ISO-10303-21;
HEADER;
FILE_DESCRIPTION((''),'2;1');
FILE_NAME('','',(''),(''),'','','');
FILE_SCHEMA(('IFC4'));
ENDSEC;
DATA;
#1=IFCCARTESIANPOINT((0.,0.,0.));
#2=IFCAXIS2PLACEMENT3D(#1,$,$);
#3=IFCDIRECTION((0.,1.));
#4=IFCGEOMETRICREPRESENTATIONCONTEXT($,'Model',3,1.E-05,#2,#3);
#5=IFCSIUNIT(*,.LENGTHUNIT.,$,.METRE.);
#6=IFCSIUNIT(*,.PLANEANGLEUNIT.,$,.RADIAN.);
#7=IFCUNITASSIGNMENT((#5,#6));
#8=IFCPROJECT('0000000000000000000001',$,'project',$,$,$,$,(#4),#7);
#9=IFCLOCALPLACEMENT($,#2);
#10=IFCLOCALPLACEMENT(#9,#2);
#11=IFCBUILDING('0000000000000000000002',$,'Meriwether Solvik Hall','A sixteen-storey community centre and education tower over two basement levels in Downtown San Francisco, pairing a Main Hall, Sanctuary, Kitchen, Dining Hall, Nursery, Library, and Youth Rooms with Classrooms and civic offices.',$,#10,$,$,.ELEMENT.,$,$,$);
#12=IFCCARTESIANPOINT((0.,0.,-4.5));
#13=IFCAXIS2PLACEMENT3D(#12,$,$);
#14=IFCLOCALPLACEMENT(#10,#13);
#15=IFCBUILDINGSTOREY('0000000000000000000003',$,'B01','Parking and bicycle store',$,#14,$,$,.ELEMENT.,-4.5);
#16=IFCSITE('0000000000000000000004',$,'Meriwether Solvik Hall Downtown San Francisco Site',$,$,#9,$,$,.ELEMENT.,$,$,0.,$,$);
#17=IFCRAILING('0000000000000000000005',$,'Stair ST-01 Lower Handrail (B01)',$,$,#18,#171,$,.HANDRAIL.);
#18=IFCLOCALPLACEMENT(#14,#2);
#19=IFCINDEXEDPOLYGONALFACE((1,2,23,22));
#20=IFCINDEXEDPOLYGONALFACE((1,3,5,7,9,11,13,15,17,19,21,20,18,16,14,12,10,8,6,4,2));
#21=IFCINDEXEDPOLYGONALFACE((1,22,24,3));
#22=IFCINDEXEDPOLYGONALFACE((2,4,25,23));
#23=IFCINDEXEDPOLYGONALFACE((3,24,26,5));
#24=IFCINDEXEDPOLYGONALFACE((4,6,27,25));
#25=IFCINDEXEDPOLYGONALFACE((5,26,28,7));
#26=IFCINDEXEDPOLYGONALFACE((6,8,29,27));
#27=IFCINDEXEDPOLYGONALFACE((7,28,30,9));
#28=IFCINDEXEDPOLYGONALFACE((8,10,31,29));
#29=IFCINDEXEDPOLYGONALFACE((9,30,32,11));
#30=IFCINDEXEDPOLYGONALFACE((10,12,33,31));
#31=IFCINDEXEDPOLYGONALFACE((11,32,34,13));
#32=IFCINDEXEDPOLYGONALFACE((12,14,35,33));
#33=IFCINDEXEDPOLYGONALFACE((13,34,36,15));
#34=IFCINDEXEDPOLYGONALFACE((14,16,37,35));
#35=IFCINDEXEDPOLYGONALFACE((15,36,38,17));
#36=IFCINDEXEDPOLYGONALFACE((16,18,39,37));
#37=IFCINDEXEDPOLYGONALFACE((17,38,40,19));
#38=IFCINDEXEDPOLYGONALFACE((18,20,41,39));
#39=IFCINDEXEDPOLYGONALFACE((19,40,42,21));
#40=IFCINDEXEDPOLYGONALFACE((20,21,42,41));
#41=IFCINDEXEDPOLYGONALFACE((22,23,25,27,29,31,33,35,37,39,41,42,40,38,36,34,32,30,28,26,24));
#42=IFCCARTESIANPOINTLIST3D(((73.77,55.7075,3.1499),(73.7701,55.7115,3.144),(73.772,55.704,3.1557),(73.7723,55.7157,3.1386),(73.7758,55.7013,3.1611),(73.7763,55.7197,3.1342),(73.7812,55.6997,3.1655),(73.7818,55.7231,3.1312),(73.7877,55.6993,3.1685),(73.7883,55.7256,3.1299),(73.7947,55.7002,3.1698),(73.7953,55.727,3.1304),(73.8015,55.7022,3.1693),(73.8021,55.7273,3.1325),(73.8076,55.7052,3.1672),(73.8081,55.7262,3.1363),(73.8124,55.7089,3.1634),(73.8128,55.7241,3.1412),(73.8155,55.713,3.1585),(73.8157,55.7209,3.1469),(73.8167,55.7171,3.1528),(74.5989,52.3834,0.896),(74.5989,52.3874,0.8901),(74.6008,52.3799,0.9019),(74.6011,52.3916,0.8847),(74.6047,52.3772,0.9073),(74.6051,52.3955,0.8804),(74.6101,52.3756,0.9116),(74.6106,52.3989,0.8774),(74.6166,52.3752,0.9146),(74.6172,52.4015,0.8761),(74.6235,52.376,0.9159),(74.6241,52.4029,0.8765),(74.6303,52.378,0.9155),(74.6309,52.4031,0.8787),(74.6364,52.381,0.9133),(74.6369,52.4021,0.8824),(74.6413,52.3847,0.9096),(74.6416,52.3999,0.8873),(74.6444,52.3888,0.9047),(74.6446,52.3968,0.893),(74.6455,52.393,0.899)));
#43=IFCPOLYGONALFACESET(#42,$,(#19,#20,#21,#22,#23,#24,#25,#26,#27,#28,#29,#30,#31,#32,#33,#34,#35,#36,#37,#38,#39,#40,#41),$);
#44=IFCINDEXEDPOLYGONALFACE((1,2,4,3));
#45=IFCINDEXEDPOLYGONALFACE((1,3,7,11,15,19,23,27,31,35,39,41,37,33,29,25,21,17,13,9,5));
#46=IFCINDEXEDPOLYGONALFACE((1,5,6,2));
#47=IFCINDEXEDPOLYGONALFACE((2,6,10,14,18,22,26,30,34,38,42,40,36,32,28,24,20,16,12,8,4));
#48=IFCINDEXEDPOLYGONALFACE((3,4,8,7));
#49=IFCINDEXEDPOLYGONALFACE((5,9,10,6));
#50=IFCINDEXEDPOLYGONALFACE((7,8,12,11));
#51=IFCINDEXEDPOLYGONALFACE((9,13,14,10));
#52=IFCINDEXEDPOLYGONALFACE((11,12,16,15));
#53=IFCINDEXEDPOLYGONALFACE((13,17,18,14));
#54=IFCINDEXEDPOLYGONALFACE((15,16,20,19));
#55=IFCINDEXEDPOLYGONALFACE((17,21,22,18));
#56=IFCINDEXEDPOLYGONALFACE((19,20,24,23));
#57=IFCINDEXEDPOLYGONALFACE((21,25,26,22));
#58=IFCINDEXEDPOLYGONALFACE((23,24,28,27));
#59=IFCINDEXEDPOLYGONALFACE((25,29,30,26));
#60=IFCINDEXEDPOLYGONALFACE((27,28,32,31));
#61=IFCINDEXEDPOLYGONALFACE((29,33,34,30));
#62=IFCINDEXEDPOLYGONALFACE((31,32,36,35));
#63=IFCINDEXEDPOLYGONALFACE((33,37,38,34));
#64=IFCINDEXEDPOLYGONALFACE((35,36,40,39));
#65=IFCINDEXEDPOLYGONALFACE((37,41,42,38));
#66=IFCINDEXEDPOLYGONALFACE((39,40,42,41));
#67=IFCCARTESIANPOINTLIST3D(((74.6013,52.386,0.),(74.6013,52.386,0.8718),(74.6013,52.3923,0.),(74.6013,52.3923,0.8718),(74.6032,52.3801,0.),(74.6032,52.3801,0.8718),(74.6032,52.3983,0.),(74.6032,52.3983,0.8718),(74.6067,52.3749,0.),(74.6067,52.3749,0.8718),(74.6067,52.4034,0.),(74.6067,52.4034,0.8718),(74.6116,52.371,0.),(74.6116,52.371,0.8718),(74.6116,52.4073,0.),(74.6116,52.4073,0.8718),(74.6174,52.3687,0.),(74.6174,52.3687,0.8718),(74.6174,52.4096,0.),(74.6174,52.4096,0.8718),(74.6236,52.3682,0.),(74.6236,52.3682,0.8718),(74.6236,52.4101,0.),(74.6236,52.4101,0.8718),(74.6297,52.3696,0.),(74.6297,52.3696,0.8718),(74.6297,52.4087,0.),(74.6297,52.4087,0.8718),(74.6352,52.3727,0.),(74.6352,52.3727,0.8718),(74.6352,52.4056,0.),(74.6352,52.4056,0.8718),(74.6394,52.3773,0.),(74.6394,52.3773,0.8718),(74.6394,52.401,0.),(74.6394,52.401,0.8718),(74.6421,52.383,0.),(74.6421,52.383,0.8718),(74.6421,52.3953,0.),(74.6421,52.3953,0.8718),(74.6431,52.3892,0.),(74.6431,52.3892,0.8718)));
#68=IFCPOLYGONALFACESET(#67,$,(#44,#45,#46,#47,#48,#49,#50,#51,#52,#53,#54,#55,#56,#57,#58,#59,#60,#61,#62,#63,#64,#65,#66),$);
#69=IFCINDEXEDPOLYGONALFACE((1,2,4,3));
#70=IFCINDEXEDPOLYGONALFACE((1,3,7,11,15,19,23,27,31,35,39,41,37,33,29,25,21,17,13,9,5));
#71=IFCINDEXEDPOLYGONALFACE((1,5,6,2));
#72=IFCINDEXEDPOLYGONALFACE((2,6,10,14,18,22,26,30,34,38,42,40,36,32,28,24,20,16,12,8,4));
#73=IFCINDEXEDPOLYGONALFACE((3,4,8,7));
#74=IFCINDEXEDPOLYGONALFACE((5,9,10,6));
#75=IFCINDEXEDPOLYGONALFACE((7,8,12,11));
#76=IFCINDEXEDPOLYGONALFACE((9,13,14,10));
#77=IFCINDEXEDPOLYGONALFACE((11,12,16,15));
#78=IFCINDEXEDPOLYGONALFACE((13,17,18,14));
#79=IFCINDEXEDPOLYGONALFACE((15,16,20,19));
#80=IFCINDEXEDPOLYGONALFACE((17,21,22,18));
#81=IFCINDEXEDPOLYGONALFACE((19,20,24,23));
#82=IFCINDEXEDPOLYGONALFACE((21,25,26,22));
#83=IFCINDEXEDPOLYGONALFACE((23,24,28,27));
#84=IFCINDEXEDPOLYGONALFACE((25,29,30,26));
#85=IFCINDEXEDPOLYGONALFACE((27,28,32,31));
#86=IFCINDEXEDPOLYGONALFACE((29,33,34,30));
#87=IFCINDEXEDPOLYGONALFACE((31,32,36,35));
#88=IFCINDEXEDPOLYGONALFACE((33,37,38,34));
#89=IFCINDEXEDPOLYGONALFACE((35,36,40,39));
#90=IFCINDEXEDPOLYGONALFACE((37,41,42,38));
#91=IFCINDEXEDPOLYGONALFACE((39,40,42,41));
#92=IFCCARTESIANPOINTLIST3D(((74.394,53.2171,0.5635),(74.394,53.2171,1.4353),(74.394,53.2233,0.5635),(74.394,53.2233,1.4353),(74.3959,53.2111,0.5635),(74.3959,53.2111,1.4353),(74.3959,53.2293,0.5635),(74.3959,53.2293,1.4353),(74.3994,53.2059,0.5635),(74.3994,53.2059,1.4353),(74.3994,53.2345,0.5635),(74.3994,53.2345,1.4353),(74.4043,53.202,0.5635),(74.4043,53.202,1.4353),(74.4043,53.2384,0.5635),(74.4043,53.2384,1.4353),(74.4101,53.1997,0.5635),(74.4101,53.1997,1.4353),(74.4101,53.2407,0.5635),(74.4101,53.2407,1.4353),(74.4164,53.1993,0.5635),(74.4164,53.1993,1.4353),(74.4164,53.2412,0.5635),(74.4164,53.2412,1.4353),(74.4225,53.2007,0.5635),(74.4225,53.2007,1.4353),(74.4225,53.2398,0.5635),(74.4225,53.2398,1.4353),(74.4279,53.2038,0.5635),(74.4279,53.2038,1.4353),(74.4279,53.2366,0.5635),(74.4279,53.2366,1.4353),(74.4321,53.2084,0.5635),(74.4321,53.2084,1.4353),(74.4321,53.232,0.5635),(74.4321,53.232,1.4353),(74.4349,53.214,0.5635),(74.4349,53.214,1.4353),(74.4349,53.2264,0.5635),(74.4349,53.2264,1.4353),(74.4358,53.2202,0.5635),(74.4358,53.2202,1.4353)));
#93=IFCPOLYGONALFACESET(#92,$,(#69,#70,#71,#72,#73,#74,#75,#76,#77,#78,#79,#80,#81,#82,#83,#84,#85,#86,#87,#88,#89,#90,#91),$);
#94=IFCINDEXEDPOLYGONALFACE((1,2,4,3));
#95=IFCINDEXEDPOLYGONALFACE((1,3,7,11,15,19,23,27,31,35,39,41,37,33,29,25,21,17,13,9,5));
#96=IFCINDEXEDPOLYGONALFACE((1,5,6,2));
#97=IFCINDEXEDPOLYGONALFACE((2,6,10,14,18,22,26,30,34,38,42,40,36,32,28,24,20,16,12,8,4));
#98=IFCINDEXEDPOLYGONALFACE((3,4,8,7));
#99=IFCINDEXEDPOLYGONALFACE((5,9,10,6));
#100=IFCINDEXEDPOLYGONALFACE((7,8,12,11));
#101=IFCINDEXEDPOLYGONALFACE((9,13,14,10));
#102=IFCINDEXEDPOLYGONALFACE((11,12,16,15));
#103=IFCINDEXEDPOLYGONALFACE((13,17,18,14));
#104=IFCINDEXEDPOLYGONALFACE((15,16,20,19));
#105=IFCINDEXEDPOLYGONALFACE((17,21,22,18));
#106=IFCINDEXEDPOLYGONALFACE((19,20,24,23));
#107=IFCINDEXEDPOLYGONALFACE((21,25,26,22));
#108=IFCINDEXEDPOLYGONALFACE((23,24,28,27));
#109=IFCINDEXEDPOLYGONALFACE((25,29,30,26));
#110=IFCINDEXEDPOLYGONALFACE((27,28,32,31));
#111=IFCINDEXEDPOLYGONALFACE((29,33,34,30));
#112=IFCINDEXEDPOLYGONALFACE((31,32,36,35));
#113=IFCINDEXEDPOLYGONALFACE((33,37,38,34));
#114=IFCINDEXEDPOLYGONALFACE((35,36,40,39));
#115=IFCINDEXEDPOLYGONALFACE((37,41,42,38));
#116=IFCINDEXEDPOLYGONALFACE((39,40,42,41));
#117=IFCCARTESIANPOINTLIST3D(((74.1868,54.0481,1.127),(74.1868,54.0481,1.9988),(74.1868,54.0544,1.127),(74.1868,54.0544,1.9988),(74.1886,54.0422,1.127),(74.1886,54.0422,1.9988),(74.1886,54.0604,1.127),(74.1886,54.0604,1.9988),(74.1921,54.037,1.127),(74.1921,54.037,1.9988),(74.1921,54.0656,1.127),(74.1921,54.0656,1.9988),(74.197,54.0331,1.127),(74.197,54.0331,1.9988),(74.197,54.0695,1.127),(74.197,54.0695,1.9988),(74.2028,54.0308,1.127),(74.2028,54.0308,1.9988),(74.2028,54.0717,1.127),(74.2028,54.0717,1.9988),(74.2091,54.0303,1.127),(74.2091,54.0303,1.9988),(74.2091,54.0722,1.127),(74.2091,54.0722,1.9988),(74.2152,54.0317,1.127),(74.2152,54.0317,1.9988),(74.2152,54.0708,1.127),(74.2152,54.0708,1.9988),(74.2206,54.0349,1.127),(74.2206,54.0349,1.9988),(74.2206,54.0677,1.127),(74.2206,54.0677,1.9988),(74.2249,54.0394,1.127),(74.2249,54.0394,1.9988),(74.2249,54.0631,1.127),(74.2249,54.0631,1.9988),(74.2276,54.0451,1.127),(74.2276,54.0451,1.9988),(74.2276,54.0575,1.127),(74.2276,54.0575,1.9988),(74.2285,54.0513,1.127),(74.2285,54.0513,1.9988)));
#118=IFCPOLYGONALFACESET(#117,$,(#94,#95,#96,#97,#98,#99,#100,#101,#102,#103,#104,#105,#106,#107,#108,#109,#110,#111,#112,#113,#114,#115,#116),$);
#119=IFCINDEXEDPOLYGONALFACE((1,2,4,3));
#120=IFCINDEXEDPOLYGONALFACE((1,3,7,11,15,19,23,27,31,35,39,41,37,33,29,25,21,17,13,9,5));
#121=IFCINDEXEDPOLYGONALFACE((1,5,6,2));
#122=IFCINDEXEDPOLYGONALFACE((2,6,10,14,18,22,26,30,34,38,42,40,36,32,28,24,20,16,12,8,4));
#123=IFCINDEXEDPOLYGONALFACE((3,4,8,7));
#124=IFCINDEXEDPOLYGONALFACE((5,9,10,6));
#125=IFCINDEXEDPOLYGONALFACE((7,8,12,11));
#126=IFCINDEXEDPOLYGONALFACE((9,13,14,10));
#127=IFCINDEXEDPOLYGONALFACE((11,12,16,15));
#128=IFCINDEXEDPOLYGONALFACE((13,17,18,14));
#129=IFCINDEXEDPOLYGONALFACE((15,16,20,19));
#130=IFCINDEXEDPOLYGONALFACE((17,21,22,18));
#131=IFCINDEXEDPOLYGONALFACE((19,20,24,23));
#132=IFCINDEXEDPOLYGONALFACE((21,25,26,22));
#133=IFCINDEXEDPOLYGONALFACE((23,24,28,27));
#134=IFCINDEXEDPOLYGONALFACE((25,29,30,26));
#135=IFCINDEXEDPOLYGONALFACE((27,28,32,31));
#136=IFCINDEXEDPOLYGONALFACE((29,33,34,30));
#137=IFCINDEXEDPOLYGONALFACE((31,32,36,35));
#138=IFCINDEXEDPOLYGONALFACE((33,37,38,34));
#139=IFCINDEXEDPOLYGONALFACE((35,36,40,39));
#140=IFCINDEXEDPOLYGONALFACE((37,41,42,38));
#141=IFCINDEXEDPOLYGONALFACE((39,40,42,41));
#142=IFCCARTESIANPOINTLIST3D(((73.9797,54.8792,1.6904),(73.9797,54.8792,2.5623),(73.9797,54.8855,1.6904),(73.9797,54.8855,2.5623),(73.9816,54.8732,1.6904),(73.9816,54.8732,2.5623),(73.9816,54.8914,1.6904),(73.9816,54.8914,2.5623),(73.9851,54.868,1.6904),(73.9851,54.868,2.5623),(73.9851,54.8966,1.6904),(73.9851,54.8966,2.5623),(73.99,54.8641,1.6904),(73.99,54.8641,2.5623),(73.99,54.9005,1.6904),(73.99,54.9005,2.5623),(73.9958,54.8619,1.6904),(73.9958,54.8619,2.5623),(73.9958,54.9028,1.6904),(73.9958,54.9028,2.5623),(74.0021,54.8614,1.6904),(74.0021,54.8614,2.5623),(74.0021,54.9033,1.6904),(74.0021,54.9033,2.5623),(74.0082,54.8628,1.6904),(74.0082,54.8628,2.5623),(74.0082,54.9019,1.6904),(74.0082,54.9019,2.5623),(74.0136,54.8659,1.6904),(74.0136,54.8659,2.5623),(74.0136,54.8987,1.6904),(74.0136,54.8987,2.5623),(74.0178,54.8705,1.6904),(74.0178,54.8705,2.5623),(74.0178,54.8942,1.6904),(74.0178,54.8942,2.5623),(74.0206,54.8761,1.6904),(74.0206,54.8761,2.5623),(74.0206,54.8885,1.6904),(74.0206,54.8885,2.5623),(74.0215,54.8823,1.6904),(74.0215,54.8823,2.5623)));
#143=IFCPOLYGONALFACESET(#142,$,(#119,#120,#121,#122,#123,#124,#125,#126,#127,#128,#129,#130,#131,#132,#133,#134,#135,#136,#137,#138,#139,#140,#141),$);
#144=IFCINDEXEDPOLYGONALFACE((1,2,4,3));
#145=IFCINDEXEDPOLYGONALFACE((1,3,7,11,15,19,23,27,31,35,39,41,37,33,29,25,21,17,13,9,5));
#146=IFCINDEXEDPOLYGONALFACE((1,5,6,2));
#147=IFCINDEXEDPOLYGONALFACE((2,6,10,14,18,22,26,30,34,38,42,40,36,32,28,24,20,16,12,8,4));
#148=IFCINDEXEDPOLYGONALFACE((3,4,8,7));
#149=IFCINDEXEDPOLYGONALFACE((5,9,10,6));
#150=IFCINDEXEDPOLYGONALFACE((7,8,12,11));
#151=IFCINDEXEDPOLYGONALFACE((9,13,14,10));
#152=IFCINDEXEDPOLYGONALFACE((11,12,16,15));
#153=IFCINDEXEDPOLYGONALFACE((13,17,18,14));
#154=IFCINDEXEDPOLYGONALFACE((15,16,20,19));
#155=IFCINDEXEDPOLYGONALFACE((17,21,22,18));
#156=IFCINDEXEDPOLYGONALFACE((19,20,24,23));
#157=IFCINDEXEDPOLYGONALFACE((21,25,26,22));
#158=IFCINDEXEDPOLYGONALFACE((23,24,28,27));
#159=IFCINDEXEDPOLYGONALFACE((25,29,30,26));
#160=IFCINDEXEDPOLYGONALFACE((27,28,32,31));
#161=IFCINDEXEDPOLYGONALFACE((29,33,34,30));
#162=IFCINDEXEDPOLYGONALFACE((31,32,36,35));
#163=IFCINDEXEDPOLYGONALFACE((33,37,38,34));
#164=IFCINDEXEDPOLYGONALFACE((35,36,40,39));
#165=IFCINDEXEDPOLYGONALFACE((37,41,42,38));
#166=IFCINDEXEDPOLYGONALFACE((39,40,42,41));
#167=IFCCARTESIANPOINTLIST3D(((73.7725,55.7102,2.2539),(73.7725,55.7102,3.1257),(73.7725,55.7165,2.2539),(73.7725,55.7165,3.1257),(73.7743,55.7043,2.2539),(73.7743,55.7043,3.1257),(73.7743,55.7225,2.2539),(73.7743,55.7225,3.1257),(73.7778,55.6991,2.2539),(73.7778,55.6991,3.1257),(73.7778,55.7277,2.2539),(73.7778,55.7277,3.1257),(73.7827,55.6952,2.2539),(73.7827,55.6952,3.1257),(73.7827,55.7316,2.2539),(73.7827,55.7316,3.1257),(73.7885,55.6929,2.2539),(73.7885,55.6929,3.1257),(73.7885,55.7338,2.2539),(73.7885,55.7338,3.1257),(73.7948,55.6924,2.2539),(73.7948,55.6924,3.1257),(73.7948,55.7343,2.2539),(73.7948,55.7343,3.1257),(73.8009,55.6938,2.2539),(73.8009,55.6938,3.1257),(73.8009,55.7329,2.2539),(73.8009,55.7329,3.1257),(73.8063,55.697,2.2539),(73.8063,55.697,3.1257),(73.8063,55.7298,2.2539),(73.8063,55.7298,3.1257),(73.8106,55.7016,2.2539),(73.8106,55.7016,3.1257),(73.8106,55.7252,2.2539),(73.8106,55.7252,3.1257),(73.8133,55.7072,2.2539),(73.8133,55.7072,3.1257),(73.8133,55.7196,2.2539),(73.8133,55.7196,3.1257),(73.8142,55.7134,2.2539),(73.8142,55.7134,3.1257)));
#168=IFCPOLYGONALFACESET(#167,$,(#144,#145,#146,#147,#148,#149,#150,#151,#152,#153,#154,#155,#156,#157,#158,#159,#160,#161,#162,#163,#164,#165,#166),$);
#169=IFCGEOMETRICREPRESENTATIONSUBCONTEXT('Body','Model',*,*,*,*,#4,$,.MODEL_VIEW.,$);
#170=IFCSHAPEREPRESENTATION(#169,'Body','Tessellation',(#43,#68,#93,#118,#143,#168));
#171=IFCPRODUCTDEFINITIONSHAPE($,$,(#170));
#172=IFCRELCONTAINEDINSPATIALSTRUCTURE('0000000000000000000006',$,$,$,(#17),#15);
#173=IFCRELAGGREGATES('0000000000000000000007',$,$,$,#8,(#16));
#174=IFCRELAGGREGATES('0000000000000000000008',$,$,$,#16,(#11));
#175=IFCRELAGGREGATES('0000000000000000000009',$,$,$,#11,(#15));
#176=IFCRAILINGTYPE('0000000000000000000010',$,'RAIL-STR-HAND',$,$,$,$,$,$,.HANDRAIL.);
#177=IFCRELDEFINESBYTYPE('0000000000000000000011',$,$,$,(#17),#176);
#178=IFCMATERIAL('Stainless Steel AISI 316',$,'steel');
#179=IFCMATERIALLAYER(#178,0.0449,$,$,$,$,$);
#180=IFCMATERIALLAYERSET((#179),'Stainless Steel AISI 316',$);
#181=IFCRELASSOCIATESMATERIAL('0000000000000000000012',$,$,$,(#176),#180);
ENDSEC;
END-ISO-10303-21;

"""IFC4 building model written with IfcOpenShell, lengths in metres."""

from ifc_helpers import new_model, si_unit, direction, frame, origin, origin_2d, place, context, subcontext, project, spatial, circle, extrude, material, layer, layer_set, type_object, element, save


model = new_model("IFC4")

# Units and contexts
model_context = context("Model", 3, precision=1e-05, world=origin(), true_north=direction((0.0, 1.0)))
body_context = subcontext(model_context, "Body", "Model", "MODEL_VIEW")
ifc_project = project(units=[si_unit("LENGTHUNIT", "METRE"), si_unit("PLANEANGLEUNIT", "RADIAN")], contexts=[model_context])

# Site, building, storey
site_placement = place(None, origin())
site = spatial("IfcSite", under=ifc_project, at=site_placement, Name="Meriwether Solvik Hall Downtown San Francisco Site", CompositionType="ELEMENT", RefElevation=0.0)
building_placement = place(site_placement, origin())
building = spatial("IfcBuilding", under=site, at=building_placement, Name="Meriwether Solvik Hall", Description="A sixteen-storey community centre and education tower over two basement levels in Downtown San Francisco, pairing a Main Hall, Sanctuary, Kitchen, Dining Hall, Nursery, Library, and Youth Rooms with Classrooms and civic offices.", CompositionType="ELEMENT")
storey_placement = place(building_placement, frame((0.0, 0.0, -4.5)))
storey = spatial("IfcBuildingStorey", under=building, at=storey_placement, Name="B01", Description="Parking and bicycle store", CompositionType="ELEMENT", Elevation=-4.5)

# Railing
ifc_material_1 = material(Name="Stainless Steel AISI 316", Category="steel")
ifc_layer_1 = layer(ifc_material_1, 0.0449)
ifc_layer_set_1 = layer_set([ifc_layer_1], Name="Stainless Steel AISI 316")
railing_type_1 = type_object("IfcRailingType", Name="RAIL-STR-HAND", PredefinedType="HANDRAIL", material=ifc_layer_set_1)
railing_1_placement = place(storey_placement, frame((74.6221, 52.3892, 0.0)))
element("IfcRailing", 1, at=railing_1_placement, inside=storey, type_object=railing_type_1, Name="Stair ST-01 Lower Handrail (B01)", PredefinedType="HANDRAIL", context=body_context, shape_type="SweptSolid", body=[
    extrude(circle(Radius=0.0239, at=origin_2d()), frame((0.0, 0.0, 0.896), z_axis=(-0.202115, 0.810604, 0.54961), x_axis=(-0.970293, -0.241932, 0.0)), (0.0, 0.0, 1.0), 4.1008),
    extrude(circle(Radius=0.021, at=origin_2d()), origin(), (0.0, 0.0, 1.0), 0.8718),
    extrude(circle(Radius=0.021, at=origin_2d()), frame((-0.2073, 0.8311, 0.5635)), (0.0, 0.0, 1.0), 0.8718),
    extrude(circle(Radius=0.021, at=origin_2d()), frame((-0.4146, 1.6621, 1.127)), (0.0, 0.0, 1.0), 0.8718),
    extrude(circle(Radius=0.021, at=origin_2d()), frame((-0.6216, 2.4932, 1.6904)), (0.0, 0.0, 1.0), 0.8718),
    extrude(circle(Radius=0.021, at=origin_2d()), frame((-0.8289, 3.3242, 2.2539)), (0.0, 0.0, 1.0), 0.8718),
])

save(model, "model.ifc")
